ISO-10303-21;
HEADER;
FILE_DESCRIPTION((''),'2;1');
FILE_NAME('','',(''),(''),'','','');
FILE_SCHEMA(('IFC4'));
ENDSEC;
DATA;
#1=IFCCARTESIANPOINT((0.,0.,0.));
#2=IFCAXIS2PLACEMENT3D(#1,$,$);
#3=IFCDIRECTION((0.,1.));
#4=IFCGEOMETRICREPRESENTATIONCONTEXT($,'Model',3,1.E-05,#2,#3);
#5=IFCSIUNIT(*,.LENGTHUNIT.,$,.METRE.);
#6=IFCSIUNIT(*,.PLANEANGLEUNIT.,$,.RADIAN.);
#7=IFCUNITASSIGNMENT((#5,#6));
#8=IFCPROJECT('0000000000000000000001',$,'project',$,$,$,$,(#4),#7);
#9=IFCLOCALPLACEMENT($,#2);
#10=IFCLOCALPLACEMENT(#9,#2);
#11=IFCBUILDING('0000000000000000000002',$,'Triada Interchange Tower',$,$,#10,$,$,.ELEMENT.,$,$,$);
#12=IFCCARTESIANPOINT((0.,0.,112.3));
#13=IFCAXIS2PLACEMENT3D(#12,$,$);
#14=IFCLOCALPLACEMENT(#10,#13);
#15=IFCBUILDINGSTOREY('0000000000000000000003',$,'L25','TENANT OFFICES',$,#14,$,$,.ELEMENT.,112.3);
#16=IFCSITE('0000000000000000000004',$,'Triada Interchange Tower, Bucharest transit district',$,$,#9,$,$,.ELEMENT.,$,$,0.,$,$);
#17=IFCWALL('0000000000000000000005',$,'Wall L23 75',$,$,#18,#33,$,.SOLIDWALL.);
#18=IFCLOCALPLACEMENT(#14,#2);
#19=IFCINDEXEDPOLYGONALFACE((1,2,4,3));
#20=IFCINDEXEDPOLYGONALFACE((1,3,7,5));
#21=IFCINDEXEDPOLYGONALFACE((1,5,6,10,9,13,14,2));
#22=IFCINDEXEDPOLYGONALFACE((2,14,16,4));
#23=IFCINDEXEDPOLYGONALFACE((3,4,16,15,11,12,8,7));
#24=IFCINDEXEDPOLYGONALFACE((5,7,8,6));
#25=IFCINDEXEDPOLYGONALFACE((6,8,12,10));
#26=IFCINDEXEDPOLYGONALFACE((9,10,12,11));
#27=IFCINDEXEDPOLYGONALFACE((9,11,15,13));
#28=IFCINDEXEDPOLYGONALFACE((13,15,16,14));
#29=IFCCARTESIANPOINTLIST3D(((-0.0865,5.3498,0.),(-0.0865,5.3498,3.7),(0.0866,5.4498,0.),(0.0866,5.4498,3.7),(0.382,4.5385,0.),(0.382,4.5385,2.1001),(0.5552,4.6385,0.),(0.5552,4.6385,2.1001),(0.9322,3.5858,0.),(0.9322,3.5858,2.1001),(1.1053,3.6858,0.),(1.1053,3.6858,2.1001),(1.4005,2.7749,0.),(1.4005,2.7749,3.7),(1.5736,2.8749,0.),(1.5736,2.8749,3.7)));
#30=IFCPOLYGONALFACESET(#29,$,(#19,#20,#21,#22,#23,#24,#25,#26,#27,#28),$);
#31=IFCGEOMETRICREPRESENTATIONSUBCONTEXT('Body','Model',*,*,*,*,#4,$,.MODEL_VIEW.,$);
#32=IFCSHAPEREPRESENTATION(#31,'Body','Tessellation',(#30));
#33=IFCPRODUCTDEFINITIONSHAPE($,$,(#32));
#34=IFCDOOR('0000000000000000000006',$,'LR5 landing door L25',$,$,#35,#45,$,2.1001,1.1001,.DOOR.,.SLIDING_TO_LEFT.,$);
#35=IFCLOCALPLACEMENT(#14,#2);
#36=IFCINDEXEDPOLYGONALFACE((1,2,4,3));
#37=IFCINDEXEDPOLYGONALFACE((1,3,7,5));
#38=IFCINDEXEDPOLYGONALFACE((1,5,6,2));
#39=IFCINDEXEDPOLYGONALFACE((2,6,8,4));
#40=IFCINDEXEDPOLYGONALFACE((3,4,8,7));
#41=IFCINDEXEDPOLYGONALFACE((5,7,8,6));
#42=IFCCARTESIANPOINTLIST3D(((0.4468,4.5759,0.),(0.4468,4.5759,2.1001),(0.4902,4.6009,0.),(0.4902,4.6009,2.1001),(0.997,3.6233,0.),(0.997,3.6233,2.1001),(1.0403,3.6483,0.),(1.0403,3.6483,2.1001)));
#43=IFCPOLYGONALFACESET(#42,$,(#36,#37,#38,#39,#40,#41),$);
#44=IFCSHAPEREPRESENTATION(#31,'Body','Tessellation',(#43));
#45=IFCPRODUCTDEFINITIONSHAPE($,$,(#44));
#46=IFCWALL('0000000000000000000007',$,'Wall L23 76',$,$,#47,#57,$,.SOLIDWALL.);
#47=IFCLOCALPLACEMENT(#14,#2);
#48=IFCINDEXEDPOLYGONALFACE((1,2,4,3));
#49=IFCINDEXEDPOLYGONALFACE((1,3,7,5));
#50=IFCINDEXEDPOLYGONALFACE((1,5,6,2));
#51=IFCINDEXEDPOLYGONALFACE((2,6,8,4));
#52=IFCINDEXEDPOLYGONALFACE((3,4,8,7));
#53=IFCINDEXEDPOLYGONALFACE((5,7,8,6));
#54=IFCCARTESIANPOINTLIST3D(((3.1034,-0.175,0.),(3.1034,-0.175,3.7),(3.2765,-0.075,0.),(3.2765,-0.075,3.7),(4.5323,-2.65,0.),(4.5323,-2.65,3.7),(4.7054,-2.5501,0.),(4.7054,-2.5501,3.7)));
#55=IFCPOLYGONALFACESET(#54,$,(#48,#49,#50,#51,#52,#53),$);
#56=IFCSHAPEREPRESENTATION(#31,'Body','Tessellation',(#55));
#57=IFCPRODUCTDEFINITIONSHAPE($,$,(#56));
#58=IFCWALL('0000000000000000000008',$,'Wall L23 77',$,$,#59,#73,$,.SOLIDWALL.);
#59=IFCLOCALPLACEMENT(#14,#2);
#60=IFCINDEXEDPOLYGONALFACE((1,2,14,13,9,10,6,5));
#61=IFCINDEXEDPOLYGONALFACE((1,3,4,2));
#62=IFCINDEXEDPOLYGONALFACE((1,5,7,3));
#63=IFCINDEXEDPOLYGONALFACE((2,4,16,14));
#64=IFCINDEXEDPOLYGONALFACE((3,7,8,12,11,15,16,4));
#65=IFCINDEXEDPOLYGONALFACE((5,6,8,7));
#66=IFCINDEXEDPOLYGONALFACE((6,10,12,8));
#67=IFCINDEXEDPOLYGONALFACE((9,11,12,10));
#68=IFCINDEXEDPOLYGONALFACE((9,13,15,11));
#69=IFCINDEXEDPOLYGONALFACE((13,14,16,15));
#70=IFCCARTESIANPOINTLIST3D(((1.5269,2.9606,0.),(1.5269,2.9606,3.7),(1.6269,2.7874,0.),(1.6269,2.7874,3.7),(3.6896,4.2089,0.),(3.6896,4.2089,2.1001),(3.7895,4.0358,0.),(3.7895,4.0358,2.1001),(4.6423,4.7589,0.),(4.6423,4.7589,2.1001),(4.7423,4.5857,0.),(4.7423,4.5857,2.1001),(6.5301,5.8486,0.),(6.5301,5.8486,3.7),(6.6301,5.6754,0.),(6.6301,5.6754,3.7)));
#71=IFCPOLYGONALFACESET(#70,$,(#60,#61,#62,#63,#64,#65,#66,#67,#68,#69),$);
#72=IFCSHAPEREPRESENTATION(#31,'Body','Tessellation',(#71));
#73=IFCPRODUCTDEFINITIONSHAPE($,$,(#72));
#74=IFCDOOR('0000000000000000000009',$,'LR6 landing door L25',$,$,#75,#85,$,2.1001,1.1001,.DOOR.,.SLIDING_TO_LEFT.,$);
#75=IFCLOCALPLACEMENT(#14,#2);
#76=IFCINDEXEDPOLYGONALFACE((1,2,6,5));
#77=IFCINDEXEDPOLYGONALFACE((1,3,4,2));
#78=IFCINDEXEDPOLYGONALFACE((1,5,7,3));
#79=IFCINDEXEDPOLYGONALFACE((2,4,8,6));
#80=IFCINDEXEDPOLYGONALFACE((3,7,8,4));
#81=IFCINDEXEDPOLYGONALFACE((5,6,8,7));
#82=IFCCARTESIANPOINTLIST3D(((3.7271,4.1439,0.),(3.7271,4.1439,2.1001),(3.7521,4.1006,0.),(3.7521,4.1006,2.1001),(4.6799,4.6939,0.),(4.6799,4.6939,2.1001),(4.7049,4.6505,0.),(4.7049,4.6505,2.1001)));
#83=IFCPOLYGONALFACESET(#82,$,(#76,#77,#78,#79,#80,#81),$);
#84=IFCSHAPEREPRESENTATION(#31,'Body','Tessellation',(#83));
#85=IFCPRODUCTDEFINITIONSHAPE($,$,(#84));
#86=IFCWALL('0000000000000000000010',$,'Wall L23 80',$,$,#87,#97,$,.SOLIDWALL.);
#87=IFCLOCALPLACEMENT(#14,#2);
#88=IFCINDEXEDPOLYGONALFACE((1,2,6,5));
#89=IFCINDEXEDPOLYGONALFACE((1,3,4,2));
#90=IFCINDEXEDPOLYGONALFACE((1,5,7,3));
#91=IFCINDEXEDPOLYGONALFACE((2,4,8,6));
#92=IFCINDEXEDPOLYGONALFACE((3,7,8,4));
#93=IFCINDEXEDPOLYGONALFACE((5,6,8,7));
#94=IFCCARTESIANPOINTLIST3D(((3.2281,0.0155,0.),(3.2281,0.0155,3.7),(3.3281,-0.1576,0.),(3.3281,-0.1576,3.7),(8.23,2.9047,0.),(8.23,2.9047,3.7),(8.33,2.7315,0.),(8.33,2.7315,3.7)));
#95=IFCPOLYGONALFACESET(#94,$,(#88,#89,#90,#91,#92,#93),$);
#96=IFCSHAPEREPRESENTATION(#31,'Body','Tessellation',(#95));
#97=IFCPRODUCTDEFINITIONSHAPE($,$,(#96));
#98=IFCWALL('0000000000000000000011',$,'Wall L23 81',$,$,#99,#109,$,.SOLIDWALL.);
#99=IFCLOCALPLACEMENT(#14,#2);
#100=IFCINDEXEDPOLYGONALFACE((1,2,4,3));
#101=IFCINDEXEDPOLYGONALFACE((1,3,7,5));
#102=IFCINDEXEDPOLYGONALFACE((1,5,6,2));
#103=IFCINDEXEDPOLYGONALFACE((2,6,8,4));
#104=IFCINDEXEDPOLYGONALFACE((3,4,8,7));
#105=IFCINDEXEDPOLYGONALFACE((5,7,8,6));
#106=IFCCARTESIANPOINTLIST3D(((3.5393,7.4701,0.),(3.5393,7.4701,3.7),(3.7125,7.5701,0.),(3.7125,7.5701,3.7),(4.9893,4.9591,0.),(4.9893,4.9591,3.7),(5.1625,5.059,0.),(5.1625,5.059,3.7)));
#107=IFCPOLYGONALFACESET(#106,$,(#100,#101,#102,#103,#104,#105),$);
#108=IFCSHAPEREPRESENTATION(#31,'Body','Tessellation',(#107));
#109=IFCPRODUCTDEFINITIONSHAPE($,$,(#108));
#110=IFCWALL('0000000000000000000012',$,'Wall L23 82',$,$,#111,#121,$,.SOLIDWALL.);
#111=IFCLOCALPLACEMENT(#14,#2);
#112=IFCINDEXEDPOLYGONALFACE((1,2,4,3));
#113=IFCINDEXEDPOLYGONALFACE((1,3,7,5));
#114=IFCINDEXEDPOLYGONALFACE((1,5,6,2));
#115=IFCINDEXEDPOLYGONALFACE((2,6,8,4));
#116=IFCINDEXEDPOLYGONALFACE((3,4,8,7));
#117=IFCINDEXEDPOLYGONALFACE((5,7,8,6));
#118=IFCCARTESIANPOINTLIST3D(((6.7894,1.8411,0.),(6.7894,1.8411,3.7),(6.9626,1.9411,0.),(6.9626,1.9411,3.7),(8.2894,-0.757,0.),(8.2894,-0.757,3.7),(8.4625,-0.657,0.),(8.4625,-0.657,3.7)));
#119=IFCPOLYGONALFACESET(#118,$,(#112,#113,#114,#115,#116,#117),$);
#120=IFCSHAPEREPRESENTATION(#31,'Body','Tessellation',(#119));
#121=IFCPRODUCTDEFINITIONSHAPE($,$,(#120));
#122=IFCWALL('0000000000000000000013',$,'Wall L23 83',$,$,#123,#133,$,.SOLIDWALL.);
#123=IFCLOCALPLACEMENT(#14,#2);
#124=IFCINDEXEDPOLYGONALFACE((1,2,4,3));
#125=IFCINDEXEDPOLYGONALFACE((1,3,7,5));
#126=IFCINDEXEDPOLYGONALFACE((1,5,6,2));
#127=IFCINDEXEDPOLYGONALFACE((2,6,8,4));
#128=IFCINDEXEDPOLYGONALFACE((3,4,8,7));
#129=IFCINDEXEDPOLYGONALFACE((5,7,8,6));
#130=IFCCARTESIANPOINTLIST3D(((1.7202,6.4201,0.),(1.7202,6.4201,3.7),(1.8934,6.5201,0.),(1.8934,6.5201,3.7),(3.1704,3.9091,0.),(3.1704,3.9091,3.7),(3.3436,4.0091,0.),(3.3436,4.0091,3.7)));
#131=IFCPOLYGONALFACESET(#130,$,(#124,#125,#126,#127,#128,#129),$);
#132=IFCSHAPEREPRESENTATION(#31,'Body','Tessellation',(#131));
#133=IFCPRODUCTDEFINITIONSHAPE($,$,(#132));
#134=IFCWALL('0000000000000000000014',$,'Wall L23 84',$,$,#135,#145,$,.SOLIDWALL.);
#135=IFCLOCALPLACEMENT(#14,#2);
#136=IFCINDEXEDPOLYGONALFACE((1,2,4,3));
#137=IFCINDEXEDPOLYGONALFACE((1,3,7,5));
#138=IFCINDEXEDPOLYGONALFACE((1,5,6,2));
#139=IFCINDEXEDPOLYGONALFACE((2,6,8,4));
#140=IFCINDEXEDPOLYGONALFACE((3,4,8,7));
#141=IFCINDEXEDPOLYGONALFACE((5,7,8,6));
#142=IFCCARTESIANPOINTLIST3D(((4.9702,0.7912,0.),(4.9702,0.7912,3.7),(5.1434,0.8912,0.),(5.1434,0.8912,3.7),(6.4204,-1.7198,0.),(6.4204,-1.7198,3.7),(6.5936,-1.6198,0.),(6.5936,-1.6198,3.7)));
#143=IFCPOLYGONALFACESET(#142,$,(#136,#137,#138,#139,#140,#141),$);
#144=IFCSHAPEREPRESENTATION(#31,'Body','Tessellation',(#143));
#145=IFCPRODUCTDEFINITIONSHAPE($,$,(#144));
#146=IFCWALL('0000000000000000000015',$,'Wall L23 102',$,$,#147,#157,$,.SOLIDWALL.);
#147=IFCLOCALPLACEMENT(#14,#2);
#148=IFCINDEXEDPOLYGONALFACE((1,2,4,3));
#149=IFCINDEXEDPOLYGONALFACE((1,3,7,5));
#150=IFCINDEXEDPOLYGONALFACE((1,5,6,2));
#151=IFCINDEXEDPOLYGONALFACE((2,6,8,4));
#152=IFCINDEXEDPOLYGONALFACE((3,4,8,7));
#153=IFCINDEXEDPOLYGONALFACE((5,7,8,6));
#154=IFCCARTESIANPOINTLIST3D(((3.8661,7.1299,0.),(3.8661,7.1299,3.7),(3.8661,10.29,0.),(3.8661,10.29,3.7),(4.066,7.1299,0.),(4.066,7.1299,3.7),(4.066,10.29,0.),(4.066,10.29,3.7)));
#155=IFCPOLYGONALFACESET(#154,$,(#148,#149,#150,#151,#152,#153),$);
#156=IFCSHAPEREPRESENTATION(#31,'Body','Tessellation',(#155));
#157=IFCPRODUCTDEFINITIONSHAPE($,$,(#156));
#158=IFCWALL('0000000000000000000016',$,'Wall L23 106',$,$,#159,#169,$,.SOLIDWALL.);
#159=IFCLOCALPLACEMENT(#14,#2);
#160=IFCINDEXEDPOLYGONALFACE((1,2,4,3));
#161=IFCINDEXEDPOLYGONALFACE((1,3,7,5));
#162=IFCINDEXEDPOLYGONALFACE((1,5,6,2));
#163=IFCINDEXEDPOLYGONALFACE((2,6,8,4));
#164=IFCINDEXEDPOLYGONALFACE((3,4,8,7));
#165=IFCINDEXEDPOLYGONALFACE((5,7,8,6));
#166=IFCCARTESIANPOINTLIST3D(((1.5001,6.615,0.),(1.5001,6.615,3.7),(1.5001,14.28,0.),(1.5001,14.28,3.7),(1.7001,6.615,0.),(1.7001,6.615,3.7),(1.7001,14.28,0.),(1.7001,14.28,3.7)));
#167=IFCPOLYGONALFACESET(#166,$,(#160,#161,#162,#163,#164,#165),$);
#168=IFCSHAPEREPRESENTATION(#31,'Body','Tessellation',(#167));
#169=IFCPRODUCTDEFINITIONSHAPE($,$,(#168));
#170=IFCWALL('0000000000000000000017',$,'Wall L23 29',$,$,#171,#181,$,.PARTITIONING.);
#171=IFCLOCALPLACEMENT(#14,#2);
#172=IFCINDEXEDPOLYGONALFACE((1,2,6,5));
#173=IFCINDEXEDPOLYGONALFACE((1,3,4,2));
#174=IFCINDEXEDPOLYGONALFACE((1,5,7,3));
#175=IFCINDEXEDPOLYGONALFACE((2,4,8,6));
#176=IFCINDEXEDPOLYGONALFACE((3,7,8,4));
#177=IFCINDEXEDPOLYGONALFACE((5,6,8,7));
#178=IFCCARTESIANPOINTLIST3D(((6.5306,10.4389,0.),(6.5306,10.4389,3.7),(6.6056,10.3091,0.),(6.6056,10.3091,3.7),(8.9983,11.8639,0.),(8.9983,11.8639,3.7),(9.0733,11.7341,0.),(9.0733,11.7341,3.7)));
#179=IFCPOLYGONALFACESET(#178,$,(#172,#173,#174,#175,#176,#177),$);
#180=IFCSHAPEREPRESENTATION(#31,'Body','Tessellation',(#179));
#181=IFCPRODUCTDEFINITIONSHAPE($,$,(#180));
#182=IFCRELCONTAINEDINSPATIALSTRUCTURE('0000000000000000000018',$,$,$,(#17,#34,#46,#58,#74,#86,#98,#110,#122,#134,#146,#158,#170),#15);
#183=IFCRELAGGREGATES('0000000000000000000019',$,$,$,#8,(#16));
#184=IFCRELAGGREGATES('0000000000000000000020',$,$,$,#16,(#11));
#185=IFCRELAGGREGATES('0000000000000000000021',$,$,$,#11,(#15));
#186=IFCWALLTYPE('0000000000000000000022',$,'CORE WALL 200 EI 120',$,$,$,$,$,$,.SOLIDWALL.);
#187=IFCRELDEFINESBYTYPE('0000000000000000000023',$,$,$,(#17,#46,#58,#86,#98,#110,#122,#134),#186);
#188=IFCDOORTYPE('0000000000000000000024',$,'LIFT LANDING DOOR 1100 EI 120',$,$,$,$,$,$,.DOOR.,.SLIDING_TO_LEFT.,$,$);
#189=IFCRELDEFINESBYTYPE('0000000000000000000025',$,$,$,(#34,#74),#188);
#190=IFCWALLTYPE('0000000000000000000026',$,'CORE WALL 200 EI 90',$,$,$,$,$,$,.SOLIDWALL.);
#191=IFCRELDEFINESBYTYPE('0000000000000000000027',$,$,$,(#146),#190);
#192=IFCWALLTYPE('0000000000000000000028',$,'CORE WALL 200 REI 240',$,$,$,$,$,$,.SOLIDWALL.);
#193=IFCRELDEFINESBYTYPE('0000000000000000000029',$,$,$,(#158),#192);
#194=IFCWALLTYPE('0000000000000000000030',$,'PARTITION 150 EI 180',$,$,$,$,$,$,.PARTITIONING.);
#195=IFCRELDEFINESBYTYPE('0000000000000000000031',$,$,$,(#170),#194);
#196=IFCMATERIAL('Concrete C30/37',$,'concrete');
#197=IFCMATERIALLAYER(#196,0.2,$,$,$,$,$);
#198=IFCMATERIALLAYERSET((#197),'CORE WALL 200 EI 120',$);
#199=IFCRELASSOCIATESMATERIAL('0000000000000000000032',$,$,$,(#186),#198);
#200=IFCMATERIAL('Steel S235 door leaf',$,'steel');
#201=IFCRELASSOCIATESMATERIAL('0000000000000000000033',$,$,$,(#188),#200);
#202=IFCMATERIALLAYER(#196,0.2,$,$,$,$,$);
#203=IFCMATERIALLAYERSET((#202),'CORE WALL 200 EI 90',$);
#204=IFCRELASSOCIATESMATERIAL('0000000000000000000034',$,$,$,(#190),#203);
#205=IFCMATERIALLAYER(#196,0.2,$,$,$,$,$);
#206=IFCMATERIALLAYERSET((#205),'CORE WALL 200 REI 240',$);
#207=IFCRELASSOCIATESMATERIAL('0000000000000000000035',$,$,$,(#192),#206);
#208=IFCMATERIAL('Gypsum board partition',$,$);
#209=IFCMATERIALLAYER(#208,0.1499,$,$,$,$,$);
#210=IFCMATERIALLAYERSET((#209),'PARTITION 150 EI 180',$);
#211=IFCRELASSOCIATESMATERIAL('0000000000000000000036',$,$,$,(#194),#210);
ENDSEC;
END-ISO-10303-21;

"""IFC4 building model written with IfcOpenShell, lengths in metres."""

from ifc_helpers import new_model, si_unit, direction, frame, frame_2d, origin, place, context, subcontext, project, spatial, rectangle, extrude, material, layer, layer_set, type_object, element, fill, save


model = new_model("IFC4")

# Units and contexts
model_context = context("Model", 3, precision=1e-05, world=origin(), true_north=direction((0.0, 1.0)))
body_context = subcontext(model_context, "Body", "Model", "MODEL_VIEW")
ifc_project = project(units=[si_unit("LENGTHUNIT", "METRE"), si_unit("PLANEANGLEUNIT", "RADIAN")], contexts=[model_context])

# Site, building, storey
site_placement = place(None, origin())
site = spatial("IfcSite", under=ifc_project, at=site_placement, Name="Triada Interchange Tower, Bucharest transit district", CompositionType="ELEMENT", RefElevation=0.0)
building_placement = place(site_placement, origin())
building = spatial("IfcBuilding", under=site, at=building_placement, Name="Triada Interchange Tower", CompositionType="ELEMENT")
storey_placement = place(building_placement, frame((0.0, 0.0, 112.3)))
storey = spatial("IfcBuildingStorey", under=building, at=storey_placement, Name="L25", Description="TENANT OFFICES", CompositionType="ELEMENT", Elevation=112.3)

# Wall, opening, door
ifc_material_1 = material(Name="Concrete C30/37", Category="concrete")
ifc_layer_1 = layer(ifc_material_1, 0.2)
ifc_layer_set_1 = layer_set([ifc_layer_1], Name="CORE WALL 200 EI 120")
wall_type_1 = type_object("IfcWallType", Name="CORE WALL 200 EI 120", PredefinedType="SOLIDWALL", material=ifc_layer_set_1)
wall_1_placement = place(storey_placement, frame((0.0, 5.3999, 0.0), z_axis=(0.0, 0.0, 1.0), x_axis=(0.500104, -0.865965, 0.0)))
wall_1 = element("IfcWall", 1, at=wall_1_placement, inside=storey, type_object=wall_type_1, Name="Wall L23 75", PredefinedType="SOLIDWALL", context=body_context, shape_type="SweptSolid", body=[
    extrude(rectangle(XDim=2.9734, YDim=0.2, at=frame_2d((1.4868, 0.0))), origin(), (0.0, 0.0, 1.0), 3.7),
])
opening_1_placement = place(wall_1_placement, frame((0.937, 0.0, 0.0)))
opening_1 = element("IfcOpeningElement", 2, at=opening_1_placement, cuts=wall_1, PredefinedType="OPENING", context=body_context, shape_type="SweptSolid", body=[
    extrude(rectangle(XDim=1.1001, YDim=2.1001, at=frame_2d((0.55, 1.05))), frame((0.0, 0.1099, 0.0), z_axis=(0.0, -1.0, 0.0), x_axis=(1.0, 0.0, 0.0)), (0.0, 0.0, 1.0), 0.22),
])
ifc_material_2 = material(Name="Steel S235 door leaf", Category="steel")
door_type = type_object("IfcDoorType", Name="LIFT LANDING DOOR 1100 EI 120", OperationType="SLIDING_TO_LEFT", PredefinedType="DOOR", material=ifc_material_2)
door_1_placement = place(opening_1_placement, origin())
door_1 = element("IfcDoor", 3, at=door_1_placement, inside=storey, type_object=door_type, Name="LR5 landing door L25", OperationType="SLIDING_TO_LEFT", OverallHeight=2.1001, OverallWidth=1.1001, PredefinedType="DOOR", context=body_context, shape_type="SweptSolid", body=[
    extrude(rectangle(XDim=1.1001, YDim=2.1001, at=frame_2d((0.55, 1.05))), frame((0.0, 0.0249, 0.0), z_axis=(0.0, -1.0, 0.0), x_axis=(1.0, 0.0, 0.0)), (0.0, 0.0, 1.0), 0.05),
])
fill(opening_1, door_1)

# Wall
wall_2_placement = place(storey_placement, frame((3.1899, -0.125, 0.0), z_axis=(0.0, 0.0, 1.0), x_axis=(0.499989, -0.866032, 0.0)))
element("IfcWall", 4, at=wall_2_placement, inside=storey, type_object=wall_type_1, Name="Wall L23 76", PredefinedType="SOLIDWALL", context=body_context, shape_type="SweptSolid", body=[
    extrude(rectangle(XDim=2.8579, YDim=0.2, at=frame_2d((1.429, 0.0))), origin(), (0.0, 0.0, 1.0), 3.7),
])

# Wall, opening, door
wall_3_placement = place(storey_placement, frame((1.5769, 2.874, 0.0), z_axis=(0.0, 0.0, 1.0), x_axis=(0.866074, 0.499916, 0.0)))
wall_3 = element("IfcWall", 5, at=wall_3_placement, inside=storey, type_object=wall_type_1, Name="Wall L23 77", PredefinedType="SOLIDWALL", context=body_context, shape_type="SweptSolid", body=[
    extrude(rectangle(XDim=5.7769, YDim=0.2, at=frame_2d((2.8884, 0.0))), origin(), (0.0, 0.0, 1.0), 3.7),
])
opening_2_placement = place(wall_3_placement, frame((2.4971, 0.0, 0.0)))
opening_2 = element("IfcOpeningElement", 6, at=opening_2_placement, cuts=wall_3, PredefinedType="OPENING", context=body_context, shape_type="SweptSolid", body=[
    extrude(rectangle(XDim=1.1001, YDim=2.1001, at=frame_2d((0.55, 1.05))), frame((0.0, 0.1099, 0.0), z_axis=(0.0, -1.0, 0.0), x_axis=(1.0, 0.0, 0.0)), (0.0, 0.0, 1.0), 0.22),
])
door_2_placement = place(opening_2_placement, origin())
door_2 = element("IfcDoor", 7, at=door_2_placement, inside=storey, type_object=door_type, Name="LR6 landing door L25", OperationType="SLIDING_TO_LEFT", OverallHeight=2.1001, OverallWidth=1.1001, PredefinedType="DOOR", context=body_context, shape_type="SweptSolid", body=[
    extrude(rectangle(XDim=1.1001, YDim=2.1001, at=frame_2d((0.55, 1.05))), frame((0.0, 0.0249, 0.0), z_axis=(0.0, -1.0, 0.0), x_axis=(1.0, 0.0, 0.0)), (0.0, 0.0, 1.0), 0.05),
])
fill(opening_2, door_2)

# Walls
wall_4_placement = place(storey_placement, frame((3.2781, -0.071, 0.0), z_axis=(0.0, 0.0, 1.0), x_axis=(0.865929, 0.500166, 0.0)))
element("IfcWall", 8, at=wall_4_placement, inside=storey, type_object=wall_type_1, Name="Wall L23 80", PredefinedType="SOLIDWALL", context=body_context, shape_type="SweptSolid", body=[
    extrude(rectangle(XDim=5.7764, YDim=0.2, at=frame_2d((2.8882, 0.0))), origin(), (0.0, 0.0, 1.0), 3.7),
])
wall_5_placement = place(storey_placement, frame((3.626, 7.52, 0.0), z_axis=(0.0, 0.0, 1.0), x_axis=(0.50006, -0.865991, 0.0)))
element("IfcWall", 9, at=wall_5_placement, inside=storey, type_object=wall_type_1, Name="Wall L23 81", PredefinedType="SOLIDWALL", context=body_context, shape_type="SweptSolid", body=[
    extrude(rectangle(XDim=2.8997, YDim=0.2, at=frame_2d((1.4497, 0.0))), origin(), (0.0, 0.0, 1.0), 3.7),
])
wall_6_placement = place(storey_placement, frame((6.876, 1.8911, 0.0), z_axis=(0.0, 0.0, 1.0), x_axis=(0.49999, -0.866031, 0.0)))
element("IfcWall", 10, at=wall_6_placement, inside=storey, type_object=wall_type_1, Name="Wall L23 82", PredefinedType="SOLIDWALL", context=body_context, shape_type="SweptSolid", body=[
    extrude(rectangle(XDim=3.0, YDim=0.2, at=frame_2d((1.5, 0.0))), origin(), (0.0, 0.0, 1.0), 3.7),
])
for number, where, z_axis, x_axis, name in (
    (11, (1.8069, 6.47, 0.0), (0.0, 0.0, 1.0), (0.500123, -0.865954, 0.0), "Wall L23 83"),
    (12, (5.0569, 0.8411, 0.0), (0.0, 0.0, 1.0), (0.500123, -0.865954, 0.0), "Wall L23 84"),
):
    element("IfcWall", number, at=place(storey_placement, frame(where, z_axis=z_axis, x_axis=x_axis)), inside=storey, type_object=wall_type_1, Name=name, PredefinedType="SOLIDWALL", context=body_context, shape_type="SweptSolid", body=[
        extrude(rectangle(XDim=2.8997, YDim=0.2, at=frame_2d((1.4497, 0.0))), origin(), (0.0, 0.0, 1.0), 3.7),
    ])
ifc_layer_2 = layer(ifc_material_1, 0.2)
ifc_layer_set_2 = layer_set([ifc_layer_2], Name="CORE WALL 200 EI 90")
wall_type_2 = type_object("IfcWallType", Name="CORE WALL 200 EI 90", PredefinedType="SOLIDWALL", material=ifc_layer_set_2)
wall_7_placement = place(storey_placement, frame((3.9661, 7.1299, 0.0), z_axis=(0.0, 0.0, 1.0), x_axis=(0.0, 1.0, 0.0)))
element("IfcWall", 13, at=wall_7_placement, inside=storey, type_object=wall_type_2, Name="Wall L23 102", PredefinedType="SOLIDWALL", context=body_context, shape_type="SweptSolid", body=[
    extrude(rectangle(XDim=3.1602, YDim=0.2, at=frame_2d((1.5801, 0.0))), origin(), (0.0, 0.0, 1.0), 3.7),
])
ifc_layer_3 = layer(ifc_material_1, 0.2)
ifc_layer_set_3 = layer_set([ifc_layer_3], Name="CORE WALL 200 REI 240")
wall_type_3 = type_object("IfcWallType", Name="CORE WALL 200 REI 240", PredefinedType="SOLIDWALL", material=ifc_layer_set_3)
wall_8_placement = place(storey_placement, frame((1.6001, 6.615, 0.0), z_axis=(0.0, 0.0, 1.0), x_axis=(0.0, 1.0, 0.0)))
element("IfcWall", 14, at=wall_8_placement, inside=storey, type_object=wall_type_3, Name="Wall L23 106", PredefinedType="SOLIDWALL", context=body_context, shape_type="SweptSolid", body=[
    extrude(rectangle(XDim=7.665, YDim=0.2, at=frame_2d((3.8325, 0.0))), origin(), (0.0, 0.0, 1.0), 3.7),
])
ifc_material_3 = material(Name="Gypsum board partition")
ifc_layer_4 = layer(ifc_material_3, 0.1499)
ifc_layer_set_4 = layer_set([ifc_layer_4], Name="PARTITION 150 EI 180")
wall_type_4 = type_object("IfcWallType", Name="PARTITION 150 EI 180", PredefinedType="PARTITIONING", material=ifc_layer_set_4)
wall_9_placement = place(storey_placement, frame((6.5681, 10.374, 0.0), z_axis=(0.0, 0.0, 1.0), x_axis=(0.865983, 0.500073, 0.0)))
element("IfcWall", 15, at=wall_9_placement, inside=storey, type_object=wall_type_4, Name="Wall L23 29", PredefinedType="PARTITIONING", context=body_context, shape_type="SweptSolid", body=[
    extrude(rectangle(XDim=2.8496, YDim=0.1499, at=frame_2d((1.4248, 0.0))), origin(), (0.0, 0.0, 1.0), 3.7),
])

save(model, "model.ifc")
